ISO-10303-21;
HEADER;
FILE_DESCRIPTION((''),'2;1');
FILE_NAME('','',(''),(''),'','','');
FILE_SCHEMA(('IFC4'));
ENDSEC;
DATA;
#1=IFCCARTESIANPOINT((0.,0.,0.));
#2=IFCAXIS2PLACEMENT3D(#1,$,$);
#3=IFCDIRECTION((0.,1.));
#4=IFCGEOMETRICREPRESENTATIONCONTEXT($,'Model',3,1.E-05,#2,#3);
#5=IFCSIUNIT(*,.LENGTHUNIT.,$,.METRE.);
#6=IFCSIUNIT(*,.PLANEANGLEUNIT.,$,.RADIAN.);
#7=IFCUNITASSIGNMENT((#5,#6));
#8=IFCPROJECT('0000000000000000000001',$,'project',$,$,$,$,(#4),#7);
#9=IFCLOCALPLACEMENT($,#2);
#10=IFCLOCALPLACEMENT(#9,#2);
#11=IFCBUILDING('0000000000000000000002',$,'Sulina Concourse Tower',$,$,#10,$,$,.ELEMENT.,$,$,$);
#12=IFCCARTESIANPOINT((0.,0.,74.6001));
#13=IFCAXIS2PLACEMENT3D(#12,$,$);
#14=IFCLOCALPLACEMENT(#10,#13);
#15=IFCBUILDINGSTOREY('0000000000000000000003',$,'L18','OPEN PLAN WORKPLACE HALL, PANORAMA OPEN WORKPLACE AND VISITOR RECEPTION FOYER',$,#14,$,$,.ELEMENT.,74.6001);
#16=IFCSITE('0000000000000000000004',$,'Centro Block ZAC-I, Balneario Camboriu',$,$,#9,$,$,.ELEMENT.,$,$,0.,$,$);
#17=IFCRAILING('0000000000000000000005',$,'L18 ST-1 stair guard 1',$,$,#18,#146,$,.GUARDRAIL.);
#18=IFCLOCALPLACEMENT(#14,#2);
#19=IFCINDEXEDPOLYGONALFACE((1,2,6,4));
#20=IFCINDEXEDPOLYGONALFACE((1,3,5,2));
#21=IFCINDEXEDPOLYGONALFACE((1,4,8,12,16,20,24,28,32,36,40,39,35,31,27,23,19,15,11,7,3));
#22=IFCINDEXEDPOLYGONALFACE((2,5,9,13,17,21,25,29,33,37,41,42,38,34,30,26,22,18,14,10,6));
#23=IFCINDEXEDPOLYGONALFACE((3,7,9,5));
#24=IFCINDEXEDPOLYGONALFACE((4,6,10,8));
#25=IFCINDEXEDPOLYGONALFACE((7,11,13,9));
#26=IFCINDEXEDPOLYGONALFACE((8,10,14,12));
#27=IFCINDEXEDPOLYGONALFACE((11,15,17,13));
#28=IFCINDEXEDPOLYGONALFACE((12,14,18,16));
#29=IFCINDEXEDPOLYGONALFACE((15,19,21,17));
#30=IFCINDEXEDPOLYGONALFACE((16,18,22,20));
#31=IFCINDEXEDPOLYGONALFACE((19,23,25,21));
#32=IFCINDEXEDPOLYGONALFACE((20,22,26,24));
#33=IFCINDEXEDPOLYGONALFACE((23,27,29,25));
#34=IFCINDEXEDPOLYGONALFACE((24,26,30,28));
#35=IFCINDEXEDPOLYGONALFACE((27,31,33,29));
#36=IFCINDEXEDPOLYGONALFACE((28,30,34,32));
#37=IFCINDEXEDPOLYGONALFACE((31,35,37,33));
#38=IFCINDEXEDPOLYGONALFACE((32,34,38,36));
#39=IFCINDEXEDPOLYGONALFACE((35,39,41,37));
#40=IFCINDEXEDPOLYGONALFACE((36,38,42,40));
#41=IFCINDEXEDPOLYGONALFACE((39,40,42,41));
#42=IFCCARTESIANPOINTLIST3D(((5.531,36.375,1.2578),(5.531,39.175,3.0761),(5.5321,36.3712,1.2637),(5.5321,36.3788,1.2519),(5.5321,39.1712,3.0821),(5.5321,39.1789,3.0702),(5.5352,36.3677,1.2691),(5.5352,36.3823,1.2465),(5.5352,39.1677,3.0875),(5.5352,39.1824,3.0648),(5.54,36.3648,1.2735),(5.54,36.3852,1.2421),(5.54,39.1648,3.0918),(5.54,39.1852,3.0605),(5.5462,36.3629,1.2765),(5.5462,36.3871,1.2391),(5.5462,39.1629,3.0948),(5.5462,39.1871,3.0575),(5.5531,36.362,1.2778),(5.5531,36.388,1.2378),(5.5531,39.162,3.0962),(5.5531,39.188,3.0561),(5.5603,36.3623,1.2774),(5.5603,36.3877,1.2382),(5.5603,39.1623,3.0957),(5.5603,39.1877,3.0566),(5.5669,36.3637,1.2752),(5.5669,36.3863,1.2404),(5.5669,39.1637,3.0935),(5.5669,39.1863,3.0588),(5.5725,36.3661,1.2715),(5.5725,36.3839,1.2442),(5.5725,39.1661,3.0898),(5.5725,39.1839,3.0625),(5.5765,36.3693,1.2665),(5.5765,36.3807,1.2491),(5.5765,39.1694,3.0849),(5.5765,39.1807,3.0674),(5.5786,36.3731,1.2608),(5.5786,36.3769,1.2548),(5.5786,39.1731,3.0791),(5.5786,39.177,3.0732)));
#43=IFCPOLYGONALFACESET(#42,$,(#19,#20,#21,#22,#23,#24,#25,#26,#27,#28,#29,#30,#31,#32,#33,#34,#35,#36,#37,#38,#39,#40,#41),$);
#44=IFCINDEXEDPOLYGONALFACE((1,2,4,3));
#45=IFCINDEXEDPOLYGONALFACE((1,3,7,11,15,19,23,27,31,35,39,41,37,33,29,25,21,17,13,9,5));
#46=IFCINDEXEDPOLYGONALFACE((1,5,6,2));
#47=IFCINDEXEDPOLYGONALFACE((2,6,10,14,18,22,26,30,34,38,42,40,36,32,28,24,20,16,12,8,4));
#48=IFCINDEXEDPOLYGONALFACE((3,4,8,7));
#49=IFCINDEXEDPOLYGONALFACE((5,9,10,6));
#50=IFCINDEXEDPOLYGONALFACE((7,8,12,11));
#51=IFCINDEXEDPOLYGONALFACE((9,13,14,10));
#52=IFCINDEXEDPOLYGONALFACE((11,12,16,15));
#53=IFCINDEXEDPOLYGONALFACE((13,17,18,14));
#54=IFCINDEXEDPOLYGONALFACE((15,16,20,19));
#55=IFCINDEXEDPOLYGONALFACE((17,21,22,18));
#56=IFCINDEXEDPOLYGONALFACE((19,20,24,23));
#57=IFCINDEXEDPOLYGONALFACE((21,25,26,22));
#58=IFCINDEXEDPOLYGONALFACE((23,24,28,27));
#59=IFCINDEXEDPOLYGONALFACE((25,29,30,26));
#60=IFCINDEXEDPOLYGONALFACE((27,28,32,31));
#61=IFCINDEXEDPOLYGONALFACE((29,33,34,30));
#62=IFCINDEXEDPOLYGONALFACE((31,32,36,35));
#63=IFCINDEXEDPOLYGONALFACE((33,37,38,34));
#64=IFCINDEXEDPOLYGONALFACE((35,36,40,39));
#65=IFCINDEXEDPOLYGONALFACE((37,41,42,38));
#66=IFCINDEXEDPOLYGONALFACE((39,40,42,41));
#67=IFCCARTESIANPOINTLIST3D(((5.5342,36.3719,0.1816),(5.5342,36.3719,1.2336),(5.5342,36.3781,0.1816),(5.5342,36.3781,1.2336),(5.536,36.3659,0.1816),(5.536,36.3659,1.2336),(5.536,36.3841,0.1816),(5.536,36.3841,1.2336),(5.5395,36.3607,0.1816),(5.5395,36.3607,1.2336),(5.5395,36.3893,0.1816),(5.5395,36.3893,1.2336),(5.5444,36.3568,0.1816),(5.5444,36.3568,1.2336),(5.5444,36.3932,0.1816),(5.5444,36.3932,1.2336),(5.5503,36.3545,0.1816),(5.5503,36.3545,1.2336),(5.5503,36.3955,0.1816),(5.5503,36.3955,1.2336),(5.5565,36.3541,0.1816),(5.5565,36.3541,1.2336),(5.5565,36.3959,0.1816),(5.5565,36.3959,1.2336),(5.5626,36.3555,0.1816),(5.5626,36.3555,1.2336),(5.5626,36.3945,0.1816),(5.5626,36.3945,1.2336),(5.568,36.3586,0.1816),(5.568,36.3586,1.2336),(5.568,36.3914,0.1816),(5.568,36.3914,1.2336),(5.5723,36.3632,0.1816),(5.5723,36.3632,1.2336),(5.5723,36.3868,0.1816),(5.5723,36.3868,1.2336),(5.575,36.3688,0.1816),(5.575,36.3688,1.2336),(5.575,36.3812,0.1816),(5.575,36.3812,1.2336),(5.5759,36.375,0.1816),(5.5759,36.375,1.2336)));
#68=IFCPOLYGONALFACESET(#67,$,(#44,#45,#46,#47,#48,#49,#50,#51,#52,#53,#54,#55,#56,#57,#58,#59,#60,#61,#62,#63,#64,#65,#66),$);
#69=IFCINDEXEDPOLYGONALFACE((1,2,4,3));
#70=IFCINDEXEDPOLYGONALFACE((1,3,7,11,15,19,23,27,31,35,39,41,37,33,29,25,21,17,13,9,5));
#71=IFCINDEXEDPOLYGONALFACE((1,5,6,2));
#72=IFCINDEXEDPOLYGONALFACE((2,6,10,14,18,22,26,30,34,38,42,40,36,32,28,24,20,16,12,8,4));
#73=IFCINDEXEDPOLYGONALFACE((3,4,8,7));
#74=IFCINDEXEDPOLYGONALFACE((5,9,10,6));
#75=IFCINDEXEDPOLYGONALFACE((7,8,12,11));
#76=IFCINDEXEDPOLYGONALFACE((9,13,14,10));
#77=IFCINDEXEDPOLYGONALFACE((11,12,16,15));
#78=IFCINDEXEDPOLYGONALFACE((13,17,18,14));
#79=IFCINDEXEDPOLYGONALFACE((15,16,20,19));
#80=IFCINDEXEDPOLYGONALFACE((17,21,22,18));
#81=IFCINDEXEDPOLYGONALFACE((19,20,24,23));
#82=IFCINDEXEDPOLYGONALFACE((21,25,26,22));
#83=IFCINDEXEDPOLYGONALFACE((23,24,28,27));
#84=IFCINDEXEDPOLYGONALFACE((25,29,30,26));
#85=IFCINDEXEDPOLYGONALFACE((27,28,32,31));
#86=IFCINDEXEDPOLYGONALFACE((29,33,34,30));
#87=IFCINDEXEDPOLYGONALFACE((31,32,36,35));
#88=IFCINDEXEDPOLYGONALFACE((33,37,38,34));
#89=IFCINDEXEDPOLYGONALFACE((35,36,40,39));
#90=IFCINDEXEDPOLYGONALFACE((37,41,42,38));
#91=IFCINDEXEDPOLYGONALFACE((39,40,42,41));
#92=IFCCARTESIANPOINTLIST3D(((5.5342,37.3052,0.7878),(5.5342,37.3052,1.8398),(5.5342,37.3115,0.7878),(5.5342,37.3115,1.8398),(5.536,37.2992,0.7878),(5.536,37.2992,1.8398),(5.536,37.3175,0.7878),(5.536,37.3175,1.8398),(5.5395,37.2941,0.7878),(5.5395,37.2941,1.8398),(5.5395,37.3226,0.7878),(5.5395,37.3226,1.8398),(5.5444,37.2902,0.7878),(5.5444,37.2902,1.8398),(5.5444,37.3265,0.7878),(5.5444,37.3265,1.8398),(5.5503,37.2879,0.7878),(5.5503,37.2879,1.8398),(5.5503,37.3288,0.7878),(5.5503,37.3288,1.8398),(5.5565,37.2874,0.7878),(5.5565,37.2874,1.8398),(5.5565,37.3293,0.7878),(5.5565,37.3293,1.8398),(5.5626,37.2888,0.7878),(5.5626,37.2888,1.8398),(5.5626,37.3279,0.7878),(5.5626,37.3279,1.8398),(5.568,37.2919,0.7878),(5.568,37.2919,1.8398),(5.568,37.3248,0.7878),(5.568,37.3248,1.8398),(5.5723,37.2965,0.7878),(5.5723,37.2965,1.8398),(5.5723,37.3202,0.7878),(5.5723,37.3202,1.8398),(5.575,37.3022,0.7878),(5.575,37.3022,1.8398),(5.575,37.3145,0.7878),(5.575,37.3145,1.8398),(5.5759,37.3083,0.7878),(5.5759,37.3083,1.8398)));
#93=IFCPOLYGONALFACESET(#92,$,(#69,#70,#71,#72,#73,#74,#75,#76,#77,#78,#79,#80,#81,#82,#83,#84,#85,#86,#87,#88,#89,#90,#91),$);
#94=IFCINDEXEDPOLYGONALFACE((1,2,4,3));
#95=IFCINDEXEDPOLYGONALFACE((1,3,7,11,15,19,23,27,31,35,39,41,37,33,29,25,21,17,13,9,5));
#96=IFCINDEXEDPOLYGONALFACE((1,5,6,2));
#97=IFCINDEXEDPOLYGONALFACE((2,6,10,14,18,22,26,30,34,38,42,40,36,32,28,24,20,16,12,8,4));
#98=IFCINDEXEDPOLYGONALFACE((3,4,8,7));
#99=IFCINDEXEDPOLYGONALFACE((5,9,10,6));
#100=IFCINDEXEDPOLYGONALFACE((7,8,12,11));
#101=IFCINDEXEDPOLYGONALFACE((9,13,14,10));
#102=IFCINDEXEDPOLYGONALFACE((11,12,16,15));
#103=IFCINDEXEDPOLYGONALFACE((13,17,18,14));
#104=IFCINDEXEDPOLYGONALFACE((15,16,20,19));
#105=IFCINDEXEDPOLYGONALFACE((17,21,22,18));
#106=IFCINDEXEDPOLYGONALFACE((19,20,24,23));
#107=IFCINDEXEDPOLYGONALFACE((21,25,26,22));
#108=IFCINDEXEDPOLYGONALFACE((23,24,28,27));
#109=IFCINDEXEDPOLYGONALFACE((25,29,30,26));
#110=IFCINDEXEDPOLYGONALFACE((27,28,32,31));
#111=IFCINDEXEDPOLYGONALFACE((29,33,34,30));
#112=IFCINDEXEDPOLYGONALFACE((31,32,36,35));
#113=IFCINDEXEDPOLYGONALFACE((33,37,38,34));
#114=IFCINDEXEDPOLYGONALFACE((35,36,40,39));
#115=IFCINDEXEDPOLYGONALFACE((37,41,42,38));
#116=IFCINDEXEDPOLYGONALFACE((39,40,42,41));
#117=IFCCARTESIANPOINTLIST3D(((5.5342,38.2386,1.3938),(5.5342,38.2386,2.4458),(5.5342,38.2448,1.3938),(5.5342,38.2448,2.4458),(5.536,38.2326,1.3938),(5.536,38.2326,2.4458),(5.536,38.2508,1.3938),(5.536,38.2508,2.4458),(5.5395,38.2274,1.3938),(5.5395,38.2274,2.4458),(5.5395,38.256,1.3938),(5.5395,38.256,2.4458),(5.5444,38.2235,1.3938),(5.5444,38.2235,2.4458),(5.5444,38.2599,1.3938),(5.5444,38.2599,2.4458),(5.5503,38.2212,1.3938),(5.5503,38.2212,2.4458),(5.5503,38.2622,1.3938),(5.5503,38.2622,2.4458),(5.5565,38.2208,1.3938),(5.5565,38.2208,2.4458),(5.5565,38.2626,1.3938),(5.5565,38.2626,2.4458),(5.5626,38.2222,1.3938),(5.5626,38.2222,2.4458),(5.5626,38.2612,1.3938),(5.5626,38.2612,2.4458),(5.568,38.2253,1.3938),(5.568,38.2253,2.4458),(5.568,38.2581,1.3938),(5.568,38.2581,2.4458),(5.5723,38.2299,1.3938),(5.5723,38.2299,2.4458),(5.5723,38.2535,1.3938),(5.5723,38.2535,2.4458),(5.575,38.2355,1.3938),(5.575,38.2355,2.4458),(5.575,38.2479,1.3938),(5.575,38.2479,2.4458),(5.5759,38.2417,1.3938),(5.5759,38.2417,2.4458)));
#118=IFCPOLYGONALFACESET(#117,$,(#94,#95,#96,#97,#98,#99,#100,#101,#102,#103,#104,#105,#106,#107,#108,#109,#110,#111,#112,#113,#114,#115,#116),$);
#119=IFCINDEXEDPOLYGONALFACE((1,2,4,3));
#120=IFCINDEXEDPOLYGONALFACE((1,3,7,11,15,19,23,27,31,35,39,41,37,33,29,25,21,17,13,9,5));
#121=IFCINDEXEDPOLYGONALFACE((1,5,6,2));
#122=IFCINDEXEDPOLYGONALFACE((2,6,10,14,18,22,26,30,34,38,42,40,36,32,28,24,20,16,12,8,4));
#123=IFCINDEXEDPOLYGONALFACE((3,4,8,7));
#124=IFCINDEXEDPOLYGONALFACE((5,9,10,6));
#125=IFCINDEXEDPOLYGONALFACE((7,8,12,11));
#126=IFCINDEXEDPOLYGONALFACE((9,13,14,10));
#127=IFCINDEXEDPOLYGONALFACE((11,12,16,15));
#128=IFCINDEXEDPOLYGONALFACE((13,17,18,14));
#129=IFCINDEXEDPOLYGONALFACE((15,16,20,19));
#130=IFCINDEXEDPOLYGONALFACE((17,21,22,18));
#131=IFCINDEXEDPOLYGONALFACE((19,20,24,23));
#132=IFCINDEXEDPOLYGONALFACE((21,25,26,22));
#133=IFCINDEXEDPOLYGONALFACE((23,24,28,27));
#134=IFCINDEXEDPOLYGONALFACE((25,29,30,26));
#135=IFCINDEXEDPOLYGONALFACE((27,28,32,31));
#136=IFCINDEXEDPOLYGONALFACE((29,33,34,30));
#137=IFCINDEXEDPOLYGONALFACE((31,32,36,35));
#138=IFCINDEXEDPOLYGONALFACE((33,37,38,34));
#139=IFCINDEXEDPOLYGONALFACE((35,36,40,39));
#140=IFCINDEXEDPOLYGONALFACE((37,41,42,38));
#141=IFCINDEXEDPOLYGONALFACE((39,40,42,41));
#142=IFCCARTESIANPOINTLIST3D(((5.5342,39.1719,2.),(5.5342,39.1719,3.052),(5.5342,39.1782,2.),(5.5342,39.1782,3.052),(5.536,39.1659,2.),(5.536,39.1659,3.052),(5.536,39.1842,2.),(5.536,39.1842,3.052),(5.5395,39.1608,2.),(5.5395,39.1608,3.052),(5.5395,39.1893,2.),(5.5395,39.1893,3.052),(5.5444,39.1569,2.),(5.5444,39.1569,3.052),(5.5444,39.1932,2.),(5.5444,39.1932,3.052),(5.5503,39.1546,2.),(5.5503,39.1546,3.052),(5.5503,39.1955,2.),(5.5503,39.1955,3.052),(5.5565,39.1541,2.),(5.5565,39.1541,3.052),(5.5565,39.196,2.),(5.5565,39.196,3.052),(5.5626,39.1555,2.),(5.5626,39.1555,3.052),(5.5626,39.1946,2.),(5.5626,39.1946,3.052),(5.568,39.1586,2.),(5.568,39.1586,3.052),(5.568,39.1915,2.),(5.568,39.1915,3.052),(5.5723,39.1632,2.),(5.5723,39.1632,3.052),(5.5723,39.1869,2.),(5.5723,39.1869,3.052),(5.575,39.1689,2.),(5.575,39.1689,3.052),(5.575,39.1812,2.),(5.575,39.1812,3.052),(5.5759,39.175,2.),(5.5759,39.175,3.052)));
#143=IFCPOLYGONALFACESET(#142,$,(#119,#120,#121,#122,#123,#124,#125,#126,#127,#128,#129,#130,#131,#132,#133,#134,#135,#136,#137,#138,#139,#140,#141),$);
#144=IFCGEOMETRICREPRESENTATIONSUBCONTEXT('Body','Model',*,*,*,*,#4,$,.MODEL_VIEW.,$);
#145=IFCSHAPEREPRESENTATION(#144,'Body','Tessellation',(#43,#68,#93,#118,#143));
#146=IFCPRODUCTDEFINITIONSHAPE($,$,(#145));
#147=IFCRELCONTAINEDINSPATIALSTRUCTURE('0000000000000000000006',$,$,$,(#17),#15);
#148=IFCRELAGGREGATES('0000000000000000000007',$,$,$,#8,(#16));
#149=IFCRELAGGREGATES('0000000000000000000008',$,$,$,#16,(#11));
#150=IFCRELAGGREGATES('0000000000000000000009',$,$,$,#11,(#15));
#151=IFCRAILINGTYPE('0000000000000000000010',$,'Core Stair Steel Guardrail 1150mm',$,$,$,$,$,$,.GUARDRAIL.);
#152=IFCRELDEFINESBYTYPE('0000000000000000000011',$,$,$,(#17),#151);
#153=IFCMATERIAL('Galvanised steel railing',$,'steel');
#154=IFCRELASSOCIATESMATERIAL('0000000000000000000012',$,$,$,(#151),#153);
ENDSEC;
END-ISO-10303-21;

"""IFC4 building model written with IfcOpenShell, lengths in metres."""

from ifc_helpers import new_model, si_unit, direction, frame, origin, origin_2d, place, context, subcontext, project, spatial, circle, extrude, material, type_object, element, save


model = new_model("IFC4")

# Units and contexts
model_context = context("Model", 3, precision=1e-05, world=origin(), true_north=direction((0.0, 1.0)))
body_context = subcontext(model_context, "Body", "Model", "MODEL_VIEW")
ifc_project = project(units=[si_unit("LENGTHUNIT", "METRE"), si_unit("PLANEANGLEUNIT", "RADIAN")], contexts=[model_context])

# Site, building, storey
site_placement = place(None, origin())
site = spatial("IfcSite", under=ifc_project, at=site_placement, Name="Centro Block ZAC-I, Balneario Camboriu", CompositionType="ELEMENT", RefElevation=0.0)
building_placement = place(site_placement, origin())
building = spatial("IfcBuilding", under=site, at=building_placement, Name="Sulina Concourse Tower", CompositionType="ELEMENT")
storey_placement = place(building_placement, frame((0.0, 0.0, 74.6001)))
storey = spatial("IfcBuildingStorey", under=building, at=storey_placement, Name="L18", Description="OPEN PLAN WORKPLACE HALL, PANORAMA OPEN WORKPLACE AND VISITOR RECEPTION FOYER", CompositionType="ELEMENT", Elevation=74.6001)

# Railing
ifc_material_1 = material(Name="Galvanised steel railing", Category="steel")
railing_type_1 = type_object("IfcRailingType", Name="Core Stair Steel Guardrail 1150mm", PredefinedType="GUARDRAIL", material=ifc_material_1)
railing_1_placement = place(storey_placement, frame((5.5549, 36.375, 0.1816)))
element("IfcRailing", 1, at=railing_1_placement, inside=storey, type_object=railing_type_1, Name="L18 ST-1 stair guard 1", PredefinedType="GUARDRAIL", context=body_context, shape_type="SweptSolid", body=[
    extrude(circle(Radius=0.0239, at=origin_2d()), frame((0.0, 0.0, 1.0762), z_axis=(0.0, 0.838672, 0.544636), x_axis=(-1.0, 0.0, 0.0)), (0.0, 0.0, 1.0), 3.3386),
    extrude(circle(Radius=0.021, at=origin_2d()), origin(), (0.0, 0.0, 1.0), 1.052),
    extrude(circle(Radius=0.021, at=origin_2d()), frame((0.0, 0.9333, 0.6062)), (0.0, 0.0, 1.0), 1.052),
    extrude(circle(Radius=0.021, at=origin_2d()), frame((0.0, 1.8667, 1.2122)), (0.0, 0.0, 1.0), 1.052),
    extrude(circle(Radius=0.021, at=origin_2d()), frame((0.0, 2.8, 1.8184)), (0.0, 0.0, 1.0), 1.052),
])

save(model, "model.ifc")
